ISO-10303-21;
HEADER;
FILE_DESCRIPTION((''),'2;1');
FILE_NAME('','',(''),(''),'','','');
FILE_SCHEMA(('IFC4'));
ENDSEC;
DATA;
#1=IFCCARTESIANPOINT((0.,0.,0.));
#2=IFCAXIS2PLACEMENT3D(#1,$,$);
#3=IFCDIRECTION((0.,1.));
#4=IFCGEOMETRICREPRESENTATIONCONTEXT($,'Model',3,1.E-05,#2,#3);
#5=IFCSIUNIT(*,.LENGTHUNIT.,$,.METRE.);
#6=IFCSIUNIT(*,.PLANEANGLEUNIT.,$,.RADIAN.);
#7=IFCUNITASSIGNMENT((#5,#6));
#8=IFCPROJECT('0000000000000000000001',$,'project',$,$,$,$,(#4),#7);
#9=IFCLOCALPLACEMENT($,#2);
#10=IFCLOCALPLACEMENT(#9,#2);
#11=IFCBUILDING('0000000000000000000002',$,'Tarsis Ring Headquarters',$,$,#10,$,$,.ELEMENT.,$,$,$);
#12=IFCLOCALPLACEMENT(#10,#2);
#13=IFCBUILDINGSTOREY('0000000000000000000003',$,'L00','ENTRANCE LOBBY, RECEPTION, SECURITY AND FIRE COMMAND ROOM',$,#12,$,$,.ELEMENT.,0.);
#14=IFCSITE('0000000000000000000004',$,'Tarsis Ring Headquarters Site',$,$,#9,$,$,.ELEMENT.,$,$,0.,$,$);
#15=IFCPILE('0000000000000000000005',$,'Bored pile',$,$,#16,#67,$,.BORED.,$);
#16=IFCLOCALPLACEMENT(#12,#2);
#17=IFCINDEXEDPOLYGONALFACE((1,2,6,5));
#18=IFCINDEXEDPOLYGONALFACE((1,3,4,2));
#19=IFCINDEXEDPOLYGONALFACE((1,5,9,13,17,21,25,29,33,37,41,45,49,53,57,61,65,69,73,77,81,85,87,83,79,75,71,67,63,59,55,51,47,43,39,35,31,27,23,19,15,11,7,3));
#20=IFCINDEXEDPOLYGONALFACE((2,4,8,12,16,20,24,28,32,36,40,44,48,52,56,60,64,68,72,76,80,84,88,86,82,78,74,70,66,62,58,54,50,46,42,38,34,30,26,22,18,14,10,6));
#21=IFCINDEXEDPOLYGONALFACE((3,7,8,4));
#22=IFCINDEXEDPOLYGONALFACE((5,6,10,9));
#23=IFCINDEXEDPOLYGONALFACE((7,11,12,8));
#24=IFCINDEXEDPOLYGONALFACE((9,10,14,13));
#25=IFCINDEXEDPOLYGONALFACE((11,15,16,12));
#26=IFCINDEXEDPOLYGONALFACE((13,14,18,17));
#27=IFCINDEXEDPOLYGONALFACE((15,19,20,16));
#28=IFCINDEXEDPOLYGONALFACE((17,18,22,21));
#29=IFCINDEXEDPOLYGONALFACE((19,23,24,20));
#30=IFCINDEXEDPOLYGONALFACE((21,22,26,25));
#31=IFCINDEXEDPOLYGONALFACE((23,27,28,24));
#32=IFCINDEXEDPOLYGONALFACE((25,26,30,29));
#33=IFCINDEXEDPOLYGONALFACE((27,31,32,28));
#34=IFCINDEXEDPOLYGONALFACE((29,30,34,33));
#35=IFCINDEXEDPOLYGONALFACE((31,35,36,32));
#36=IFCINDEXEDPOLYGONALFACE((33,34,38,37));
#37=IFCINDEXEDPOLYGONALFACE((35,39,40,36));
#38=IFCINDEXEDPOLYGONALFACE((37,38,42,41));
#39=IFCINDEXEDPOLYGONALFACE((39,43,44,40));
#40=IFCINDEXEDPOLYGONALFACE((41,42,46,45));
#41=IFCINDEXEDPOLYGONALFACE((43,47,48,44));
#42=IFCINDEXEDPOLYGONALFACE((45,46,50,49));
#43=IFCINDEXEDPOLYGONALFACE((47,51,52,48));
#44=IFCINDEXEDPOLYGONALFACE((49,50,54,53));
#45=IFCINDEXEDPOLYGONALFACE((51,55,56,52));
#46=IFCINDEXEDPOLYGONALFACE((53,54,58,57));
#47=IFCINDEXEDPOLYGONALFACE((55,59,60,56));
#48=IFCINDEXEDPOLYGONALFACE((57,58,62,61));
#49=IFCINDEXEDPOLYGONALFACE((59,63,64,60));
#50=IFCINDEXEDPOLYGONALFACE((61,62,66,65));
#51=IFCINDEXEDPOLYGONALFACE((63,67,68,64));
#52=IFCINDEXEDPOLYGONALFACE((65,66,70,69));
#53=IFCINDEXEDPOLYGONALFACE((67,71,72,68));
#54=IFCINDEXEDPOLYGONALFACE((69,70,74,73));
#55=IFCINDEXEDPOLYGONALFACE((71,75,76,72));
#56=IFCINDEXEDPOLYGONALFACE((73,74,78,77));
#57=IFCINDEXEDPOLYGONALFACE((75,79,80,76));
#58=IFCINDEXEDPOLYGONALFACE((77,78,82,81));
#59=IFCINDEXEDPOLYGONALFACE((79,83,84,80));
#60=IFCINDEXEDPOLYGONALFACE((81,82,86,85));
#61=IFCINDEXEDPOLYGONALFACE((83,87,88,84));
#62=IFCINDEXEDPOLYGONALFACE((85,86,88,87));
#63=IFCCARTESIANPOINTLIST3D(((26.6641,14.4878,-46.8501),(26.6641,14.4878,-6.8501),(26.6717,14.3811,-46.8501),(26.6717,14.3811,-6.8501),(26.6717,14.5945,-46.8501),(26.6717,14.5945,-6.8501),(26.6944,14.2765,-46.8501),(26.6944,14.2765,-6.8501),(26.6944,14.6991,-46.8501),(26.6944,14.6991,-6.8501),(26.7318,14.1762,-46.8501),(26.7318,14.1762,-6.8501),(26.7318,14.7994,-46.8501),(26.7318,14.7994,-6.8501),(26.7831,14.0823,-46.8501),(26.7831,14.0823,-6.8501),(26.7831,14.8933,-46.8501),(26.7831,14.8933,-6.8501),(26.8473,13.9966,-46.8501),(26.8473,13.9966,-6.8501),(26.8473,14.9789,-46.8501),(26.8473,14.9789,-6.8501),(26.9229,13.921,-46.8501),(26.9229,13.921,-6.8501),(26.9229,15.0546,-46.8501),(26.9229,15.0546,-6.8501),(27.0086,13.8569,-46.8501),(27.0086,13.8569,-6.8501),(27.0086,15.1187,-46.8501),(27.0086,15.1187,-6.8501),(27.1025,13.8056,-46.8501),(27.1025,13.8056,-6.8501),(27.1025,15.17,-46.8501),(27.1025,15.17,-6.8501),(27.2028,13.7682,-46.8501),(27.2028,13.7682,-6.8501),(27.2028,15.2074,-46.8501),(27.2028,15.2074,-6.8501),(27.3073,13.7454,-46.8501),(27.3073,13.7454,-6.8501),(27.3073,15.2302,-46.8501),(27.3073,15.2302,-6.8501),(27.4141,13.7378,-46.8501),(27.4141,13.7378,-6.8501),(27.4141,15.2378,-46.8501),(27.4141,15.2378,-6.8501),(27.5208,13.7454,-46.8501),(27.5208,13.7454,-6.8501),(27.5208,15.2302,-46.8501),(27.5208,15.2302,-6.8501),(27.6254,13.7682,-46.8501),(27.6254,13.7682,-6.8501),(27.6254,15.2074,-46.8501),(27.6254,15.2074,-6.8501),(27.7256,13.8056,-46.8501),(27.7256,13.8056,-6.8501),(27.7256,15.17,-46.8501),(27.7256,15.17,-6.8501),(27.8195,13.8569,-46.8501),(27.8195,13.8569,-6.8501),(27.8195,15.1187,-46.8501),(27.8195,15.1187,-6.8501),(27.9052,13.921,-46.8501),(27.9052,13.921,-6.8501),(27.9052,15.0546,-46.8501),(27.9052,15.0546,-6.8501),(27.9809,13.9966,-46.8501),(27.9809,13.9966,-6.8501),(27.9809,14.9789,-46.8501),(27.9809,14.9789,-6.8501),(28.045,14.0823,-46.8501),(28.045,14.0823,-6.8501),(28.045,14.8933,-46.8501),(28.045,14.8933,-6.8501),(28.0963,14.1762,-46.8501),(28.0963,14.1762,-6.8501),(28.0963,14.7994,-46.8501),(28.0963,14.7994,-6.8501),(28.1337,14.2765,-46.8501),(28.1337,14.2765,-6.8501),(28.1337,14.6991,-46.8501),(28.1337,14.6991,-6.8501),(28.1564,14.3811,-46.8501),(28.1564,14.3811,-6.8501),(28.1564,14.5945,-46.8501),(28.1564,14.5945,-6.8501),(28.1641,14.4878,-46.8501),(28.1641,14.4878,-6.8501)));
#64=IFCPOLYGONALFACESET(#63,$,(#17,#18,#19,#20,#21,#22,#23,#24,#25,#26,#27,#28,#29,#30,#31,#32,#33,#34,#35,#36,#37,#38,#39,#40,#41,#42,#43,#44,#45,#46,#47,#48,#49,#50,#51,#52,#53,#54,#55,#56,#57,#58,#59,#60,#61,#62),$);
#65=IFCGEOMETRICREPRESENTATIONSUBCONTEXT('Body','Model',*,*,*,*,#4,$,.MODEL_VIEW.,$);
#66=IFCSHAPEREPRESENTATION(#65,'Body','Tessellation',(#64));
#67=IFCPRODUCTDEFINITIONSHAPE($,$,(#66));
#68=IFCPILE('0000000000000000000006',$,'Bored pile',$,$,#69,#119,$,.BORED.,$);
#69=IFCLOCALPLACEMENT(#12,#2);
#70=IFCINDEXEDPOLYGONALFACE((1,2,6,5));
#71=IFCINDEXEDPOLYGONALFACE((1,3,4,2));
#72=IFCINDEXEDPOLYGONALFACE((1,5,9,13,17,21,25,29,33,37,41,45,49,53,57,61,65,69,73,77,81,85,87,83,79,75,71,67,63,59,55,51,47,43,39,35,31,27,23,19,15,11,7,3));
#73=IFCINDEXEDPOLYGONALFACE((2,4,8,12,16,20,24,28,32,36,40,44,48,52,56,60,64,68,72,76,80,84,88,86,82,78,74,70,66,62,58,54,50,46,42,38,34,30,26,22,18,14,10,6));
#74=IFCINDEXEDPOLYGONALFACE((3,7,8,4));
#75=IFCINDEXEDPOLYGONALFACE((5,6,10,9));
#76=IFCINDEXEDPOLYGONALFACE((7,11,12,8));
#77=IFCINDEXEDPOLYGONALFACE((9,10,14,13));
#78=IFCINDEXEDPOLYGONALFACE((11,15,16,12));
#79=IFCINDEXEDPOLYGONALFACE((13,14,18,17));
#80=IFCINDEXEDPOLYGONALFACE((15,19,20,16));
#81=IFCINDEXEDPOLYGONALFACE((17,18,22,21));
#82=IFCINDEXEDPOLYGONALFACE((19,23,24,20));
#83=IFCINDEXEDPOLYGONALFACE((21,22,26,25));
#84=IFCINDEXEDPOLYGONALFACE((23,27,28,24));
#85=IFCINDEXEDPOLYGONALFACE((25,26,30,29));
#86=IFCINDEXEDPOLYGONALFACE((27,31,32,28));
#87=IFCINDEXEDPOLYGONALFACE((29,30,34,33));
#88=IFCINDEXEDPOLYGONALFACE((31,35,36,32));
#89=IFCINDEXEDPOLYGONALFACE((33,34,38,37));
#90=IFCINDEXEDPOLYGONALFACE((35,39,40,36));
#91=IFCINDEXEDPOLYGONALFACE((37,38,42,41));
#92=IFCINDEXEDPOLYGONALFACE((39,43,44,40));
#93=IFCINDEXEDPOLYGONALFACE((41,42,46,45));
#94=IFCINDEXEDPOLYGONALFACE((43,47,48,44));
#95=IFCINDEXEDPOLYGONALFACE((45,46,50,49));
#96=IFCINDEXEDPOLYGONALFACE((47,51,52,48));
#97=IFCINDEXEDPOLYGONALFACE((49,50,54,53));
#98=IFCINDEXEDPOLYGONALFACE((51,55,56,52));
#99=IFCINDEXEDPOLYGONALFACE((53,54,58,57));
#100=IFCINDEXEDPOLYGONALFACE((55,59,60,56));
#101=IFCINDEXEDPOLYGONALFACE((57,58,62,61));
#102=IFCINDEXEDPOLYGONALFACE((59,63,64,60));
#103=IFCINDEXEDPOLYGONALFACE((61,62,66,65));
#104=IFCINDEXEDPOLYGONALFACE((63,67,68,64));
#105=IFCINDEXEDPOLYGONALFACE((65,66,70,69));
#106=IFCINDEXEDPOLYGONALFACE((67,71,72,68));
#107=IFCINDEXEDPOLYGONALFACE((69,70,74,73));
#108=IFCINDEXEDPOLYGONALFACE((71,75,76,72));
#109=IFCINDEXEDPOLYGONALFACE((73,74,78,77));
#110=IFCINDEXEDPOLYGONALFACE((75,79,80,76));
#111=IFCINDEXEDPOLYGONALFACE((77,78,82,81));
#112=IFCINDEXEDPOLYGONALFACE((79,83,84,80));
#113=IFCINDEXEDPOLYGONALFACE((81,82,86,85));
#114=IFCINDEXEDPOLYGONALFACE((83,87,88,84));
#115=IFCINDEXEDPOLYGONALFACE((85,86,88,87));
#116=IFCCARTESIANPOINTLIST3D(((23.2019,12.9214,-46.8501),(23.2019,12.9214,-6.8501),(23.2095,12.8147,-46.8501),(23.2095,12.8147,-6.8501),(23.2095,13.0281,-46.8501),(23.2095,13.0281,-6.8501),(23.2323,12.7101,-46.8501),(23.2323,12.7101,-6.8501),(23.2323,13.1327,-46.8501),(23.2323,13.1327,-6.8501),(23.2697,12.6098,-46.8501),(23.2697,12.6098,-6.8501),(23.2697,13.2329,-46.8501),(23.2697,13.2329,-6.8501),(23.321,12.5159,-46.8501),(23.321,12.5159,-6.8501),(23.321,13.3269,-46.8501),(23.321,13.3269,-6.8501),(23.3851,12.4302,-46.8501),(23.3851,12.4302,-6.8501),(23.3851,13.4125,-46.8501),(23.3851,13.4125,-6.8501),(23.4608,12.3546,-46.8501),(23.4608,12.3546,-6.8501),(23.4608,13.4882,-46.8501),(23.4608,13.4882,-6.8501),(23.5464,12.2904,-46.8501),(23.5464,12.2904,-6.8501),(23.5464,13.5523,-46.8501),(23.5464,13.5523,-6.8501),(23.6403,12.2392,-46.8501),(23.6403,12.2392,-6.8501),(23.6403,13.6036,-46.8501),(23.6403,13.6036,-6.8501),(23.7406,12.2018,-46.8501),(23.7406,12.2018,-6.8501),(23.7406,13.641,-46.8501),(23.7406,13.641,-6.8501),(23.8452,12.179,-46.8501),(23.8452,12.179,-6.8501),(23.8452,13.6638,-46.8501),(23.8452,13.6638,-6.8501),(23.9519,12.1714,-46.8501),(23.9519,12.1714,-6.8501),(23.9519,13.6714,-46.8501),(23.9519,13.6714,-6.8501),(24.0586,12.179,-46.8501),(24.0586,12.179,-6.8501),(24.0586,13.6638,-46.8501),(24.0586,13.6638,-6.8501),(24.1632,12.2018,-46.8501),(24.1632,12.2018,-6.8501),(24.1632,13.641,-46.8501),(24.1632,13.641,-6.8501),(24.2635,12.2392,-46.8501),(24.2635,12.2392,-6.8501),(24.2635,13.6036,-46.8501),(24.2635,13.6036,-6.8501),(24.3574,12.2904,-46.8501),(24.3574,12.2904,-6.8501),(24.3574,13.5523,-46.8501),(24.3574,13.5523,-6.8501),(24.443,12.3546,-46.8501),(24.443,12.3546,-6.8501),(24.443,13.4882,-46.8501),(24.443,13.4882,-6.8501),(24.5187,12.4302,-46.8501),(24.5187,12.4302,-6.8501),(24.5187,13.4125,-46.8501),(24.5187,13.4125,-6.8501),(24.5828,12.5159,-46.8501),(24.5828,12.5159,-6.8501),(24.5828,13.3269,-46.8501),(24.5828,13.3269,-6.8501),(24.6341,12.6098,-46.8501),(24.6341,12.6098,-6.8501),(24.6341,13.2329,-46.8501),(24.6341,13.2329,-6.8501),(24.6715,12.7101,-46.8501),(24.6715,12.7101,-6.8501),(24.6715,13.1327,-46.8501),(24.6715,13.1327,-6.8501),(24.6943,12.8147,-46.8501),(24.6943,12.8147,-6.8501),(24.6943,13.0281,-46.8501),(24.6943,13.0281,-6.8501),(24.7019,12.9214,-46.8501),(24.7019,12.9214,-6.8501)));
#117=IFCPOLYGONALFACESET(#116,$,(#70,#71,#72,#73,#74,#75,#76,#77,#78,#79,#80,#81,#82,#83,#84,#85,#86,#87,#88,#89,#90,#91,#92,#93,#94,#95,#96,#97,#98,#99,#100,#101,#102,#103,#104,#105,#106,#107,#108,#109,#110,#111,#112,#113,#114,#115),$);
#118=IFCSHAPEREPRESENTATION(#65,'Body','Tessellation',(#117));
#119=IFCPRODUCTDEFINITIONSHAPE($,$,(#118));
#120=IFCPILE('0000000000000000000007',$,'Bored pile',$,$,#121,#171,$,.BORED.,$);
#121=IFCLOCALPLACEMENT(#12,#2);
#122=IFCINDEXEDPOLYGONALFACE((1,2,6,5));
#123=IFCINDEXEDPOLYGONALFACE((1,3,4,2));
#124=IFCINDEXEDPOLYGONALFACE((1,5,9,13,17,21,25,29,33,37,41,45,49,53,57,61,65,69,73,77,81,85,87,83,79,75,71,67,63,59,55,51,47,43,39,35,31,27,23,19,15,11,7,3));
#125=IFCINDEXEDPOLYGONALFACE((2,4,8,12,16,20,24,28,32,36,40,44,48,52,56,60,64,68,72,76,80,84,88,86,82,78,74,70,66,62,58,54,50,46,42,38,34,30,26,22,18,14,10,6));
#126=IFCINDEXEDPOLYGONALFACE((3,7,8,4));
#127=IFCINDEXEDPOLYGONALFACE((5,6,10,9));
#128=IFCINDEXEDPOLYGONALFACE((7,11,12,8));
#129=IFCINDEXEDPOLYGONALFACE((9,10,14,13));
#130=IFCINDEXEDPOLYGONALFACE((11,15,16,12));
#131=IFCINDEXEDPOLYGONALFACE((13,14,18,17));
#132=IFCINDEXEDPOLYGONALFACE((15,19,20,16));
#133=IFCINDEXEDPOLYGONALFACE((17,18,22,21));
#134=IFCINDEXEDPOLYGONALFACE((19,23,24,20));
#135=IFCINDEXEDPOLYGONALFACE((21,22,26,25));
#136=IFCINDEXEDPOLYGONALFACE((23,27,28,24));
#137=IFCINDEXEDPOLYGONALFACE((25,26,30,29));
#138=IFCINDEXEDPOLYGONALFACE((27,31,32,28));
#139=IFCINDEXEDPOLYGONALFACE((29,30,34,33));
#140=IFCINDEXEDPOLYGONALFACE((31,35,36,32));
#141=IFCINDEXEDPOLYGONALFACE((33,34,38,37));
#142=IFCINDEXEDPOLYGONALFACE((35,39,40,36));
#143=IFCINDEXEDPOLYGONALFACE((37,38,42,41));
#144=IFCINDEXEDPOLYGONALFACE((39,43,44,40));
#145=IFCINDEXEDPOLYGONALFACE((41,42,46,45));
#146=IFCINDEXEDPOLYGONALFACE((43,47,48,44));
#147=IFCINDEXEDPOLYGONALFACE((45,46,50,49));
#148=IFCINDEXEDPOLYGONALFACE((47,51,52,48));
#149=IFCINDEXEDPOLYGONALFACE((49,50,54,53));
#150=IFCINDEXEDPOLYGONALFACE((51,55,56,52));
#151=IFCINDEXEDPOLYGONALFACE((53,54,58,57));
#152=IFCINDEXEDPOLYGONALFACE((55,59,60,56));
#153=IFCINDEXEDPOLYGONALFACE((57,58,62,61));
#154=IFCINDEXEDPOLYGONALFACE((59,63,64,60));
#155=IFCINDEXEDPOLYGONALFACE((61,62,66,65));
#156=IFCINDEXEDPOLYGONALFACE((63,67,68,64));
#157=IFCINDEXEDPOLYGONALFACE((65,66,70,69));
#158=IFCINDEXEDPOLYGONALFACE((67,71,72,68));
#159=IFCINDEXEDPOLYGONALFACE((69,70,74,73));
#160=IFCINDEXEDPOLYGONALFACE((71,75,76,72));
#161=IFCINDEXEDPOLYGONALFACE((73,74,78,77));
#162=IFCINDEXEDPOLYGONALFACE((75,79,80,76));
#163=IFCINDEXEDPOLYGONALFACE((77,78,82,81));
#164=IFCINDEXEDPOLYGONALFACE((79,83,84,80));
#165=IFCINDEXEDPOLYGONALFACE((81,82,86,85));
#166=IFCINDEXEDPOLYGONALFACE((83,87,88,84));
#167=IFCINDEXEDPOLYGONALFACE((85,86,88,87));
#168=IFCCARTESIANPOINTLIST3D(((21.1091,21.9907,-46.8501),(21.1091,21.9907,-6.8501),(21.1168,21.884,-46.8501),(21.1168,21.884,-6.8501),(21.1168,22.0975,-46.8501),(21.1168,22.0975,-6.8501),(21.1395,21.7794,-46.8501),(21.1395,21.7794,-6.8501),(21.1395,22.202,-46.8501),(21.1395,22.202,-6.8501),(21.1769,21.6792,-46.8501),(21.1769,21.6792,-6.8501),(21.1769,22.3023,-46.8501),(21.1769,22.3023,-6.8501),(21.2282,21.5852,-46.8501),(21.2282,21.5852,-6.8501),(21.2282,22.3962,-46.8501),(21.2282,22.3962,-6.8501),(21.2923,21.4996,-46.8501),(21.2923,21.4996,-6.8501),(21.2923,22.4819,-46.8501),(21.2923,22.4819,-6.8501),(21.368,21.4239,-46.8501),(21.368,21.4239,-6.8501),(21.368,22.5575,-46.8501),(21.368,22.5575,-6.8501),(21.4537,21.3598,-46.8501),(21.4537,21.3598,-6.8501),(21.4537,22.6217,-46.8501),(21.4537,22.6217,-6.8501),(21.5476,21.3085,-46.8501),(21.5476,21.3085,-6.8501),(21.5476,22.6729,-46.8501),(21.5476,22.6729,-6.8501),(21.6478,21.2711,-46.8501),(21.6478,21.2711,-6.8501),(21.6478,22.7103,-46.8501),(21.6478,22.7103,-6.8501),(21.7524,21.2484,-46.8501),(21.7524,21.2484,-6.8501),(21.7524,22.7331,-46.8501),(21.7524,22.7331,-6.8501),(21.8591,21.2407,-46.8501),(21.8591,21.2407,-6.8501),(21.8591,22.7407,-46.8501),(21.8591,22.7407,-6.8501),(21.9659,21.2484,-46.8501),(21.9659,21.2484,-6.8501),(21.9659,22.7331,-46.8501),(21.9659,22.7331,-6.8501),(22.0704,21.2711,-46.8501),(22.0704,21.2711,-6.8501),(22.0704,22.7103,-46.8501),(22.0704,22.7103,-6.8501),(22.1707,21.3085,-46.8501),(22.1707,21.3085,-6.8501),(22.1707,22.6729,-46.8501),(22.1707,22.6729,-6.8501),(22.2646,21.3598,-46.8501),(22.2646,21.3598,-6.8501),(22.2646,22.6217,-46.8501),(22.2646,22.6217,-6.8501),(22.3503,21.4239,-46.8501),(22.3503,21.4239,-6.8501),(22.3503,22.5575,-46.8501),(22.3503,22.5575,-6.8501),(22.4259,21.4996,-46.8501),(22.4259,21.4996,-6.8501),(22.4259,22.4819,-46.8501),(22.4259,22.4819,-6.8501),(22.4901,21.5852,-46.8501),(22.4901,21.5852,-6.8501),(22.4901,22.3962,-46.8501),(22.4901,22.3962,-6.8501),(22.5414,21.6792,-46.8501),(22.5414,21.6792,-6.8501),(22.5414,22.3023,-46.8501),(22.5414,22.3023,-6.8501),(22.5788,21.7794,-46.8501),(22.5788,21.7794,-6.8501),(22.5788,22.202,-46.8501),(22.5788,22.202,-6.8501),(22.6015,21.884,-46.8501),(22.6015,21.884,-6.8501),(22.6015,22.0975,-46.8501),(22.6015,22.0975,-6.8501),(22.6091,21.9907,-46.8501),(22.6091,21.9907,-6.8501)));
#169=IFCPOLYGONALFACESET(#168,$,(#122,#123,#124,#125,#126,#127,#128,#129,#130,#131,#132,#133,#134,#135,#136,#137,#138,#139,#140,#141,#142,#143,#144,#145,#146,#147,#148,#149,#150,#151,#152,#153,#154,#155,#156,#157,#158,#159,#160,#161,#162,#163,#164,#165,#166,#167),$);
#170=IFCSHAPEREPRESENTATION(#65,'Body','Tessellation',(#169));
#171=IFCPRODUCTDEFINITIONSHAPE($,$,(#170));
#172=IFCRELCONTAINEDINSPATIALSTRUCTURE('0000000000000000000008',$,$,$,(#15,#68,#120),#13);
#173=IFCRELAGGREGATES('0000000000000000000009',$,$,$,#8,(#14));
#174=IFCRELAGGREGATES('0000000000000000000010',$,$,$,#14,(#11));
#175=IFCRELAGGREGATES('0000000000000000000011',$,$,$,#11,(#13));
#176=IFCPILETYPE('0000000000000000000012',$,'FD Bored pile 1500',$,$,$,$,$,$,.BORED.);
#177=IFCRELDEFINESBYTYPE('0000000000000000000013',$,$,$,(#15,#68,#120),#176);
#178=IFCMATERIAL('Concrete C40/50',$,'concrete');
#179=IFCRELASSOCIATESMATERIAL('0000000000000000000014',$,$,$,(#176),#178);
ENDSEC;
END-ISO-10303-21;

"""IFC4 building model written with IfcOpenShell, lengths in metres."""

from ifc_helpers import new_model, si_unit, direction, frame, origin, origin_2d, place, context, subcontext, project, spatial, circle, extrude, material, material_profile, profile_set, type_object, element, save


model = new_model("IFC4")

# Units and contexts
model_context = context("Model", 3, precision=1e-05, world=origin(), true_north=direction((0.0, 1.0)))
body_context = subcontext(model_context, "Body", "Model", "MODEL_VIEW")
ifc_project = project(units=[si_unit("LENGTHUNIT", "METRE"), si_unit("PLANEANGLEUNIT", "RADIAN")], contexts=[model_context])

# Site, building, storey
site_placement = place(None, origin())
site = spatial("IfcSite", under=ifc_project, at=site_placement, Name="Tarsis Ring Headquarters Site", CompositionType="ELEMENT", RefElevation=0.0)
building_placement = place(site_placement, origin())
building = spatial("IfcBuilding", under=site, at=building_placement, Name="Tarsis Ring Headquarters", CompositionType="ELEMENT")
storey_placement = place(building_placement, origin())
storey = spatial("IfcBuildingStorey", under=building, at=storey_placement, Name="L00", Description="ENTRANCE LOBBY, RECEPTION, SECURITY AND FIRE COMMAND ROOM", CompositionType="ELEMENT", Elevation=0.0)

# Piles
ifc_material_1 = material(Name="Concrete C40/50", Category="concrete")
ifc_material_profile_1 = material_profile(ifc_material_1, circle(Radius=0.75, at=origin_2d()), Name="BORED 1500")
ifc_profile_set_1 = profile_set([ifc_material_profile_1], Name="Concrete C40/50")
pile_type = type_object("IfcPileType", Name="FD Bored pile 1500", PredefinedType="BORED", material=ifc_profile_set_1)
for number, where, z_axis, x_axis, name in (
    (1, (27.4141, 14.4878, -6.8501), (0.0, 0.0, -1.0), (1.0, 0.0, 0.0), "Bored pile"),
    (2, (23.9519, 12.9214, -6.8501), (0.0, 0.0, -1.0), (1.0, 0.0, 0.0), "Bored pile"),
    (3, (21.8591, 21.9907, -6.8501), (0.0, 0.0, -1.0), (1.0, 0.0, 0.0), "Bored pile"),
):
    element("IfcPile", number, at=place(storey_placement, frame(where, z_axis=z_axis, x_axis=x_axis)), inside=storey, type_object=pile_type, Name=name, PredefinedType="BORED", context=body_context, shape_type="SweptSolid", body=[
        extrude(circle(Radius=0.75, at=origin_2d()), origin(), (0.0, 0.0, 1.0), 40.0),
    ])

save(model, "model.ifc")
